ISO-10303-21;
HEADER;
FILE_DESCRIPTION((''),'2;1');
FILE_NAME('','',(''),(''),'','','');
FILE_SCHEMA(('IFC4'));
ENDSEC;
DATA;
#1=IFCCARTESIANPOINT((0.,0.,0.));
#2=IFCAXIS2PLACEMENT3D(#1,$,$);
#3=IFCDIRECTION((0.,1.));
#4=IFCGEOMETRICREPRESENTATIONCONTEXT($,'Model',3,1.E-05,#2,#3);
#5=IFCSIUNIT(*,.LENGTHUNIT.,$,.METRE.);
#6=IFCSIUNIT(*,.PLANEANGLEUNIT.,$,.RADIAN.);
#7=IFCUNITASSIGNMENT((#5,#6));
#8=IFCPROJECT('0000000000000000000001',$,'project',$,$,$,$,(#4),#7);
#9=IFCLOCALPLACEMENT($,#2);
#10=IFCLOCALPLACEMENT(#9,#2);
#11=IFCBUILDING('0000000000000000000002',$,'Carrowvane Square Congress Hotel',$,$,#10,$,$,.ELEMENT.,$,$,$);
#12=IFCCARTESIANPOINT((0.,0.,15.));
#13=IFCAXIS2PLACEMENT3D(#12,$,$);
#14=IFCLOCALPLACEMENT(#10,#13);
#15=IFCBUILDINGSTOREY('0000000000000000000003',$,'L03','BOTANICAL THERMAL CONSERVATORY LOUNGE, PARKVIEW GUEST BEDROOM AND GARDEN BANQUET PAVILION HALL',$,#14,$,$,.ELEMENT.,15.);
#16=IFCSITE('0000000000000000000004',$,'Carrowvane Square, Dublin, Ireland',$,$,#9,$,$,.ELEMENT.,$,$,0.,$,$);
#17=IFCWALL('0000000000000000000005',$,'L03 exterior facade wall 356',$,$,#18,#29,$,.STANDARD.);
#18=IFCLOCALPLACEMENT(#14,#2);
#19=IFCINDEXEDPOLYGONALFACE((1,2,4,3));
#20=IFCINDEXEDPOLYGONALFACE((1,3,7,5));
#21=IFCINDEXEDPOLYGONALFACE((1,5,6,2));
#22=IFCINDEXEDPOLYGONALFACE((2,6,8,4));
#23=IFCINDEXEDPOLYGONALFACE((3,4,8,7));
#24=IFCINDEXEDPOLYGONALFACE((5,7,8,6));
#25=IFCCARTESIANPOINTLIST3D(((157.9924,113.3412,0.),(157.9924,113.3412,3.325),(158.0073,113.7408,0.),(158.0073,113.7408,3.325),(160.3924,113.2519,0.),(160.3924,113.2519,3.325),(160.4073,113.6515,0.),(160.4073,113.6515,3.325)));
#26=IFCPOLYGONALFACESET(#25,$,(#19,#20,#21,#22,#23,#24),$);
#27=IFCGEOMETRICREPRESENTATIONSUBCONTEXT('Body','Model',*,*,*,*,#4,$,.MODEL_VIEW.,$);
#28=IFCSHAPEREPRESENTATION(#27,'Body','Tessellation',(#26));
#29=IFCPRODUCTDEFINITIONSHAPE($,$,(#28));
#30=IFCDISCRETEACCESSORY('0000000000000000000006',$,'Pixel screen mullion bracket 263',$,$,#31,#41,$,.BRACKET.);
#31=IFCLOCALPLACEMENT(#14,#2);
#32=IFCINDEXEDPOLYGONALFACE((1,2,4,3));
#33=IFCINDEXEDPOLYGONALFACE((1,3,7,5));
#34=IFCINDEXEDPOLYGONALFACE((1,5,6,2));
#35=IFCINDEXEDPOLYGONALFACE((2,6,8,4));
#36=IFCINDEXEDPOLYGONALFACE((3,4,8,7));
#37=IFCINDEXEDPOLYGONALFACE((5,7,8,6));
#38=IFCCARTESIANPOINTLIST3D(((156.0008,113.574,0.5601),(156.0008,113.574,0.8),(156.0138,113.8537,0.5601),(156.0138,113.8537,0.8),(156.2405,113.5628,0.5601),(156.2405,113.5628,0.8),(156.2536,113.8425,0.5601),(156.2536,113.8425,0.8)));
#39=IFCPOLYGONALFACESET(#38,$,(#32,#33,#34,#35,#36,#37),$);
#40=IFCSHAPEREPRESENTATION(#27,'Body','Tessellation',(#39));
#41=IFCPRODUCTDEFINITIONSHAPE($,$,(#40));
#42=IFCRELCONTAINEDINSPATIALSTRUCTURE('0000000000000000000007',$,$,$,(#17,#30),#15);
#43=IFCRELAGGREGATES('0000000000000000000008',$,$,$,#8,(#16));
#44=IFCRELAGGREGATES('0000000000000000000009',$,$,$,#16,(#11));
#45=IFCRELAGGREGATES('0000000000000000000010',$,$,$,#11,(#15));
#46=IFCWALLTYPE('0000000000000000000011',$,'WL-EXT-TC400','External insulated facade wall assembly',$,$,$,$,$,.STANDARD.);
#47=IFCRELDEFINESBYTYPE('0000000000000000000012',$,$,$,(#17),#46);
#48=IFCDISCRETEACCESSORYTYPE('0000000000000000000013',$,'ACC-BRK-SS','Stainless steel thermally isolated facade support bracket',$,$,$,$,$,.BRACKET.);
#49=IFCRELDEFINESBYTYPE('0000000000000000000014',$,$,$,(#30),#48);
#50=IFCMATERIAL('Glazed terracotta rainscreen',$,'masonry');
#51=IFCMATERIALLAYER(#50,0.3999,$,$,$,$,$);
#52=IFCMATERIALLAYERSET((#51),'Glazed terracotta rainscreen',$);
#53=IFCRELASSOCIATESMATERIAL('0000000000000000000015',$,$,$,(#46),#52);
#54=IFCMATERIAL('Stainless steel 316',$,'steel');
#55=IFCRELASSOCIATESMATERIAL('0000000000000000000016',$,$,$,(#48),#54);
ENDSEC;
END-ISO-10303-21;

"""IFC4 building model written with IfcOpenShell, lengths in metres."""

from ifc_helpers import new_model, si_unit, direction, frame, frame_2d, origin, origin_2d, place, context, subcontext, project, spatial, rectangle, extrude, material, layer, layer_set, type_object, element, save


model = new_model("IFC4")

# Units and contexts
model_context = context("Model", 3, precision=1e-05, world=origin(), true_north=direction((0.0, 1.0)))
body_context = subcontext(model_context, "Body", "Model", "MODEL_VIEW")
ifc_project = project(units=[si_unit("LENGTHUNIT", "METRE"), si_unit("PLANEANGLEUNIT", "RADIAN")], contexts=[model_context])

# Site, building, storey
site_placement = place(None, origin())
site = spatial("IfcSite", under=ifc_project, at=site_placement, Name="Carrowvane Square, Dublin, Ireland", CompositionType="ELEMENT", RefElevation=0.0)
building_placement = place(site_placement, origin())
building = spatial("IfcBuilding", under=site, at=building_placement, Name="Carrowvane Square Congress Hotel", CompositionType="ELEMENT")
storey_placement = place(building_placement, frame((0.0, 0.0, 15.0)))
storey = spatial("IfcBuildingStorey", under=building, at=storey_placement, Name="L03", Description="BOTANICAL THERMAL CONSERVATORY LOUNGE, PARKVIEW GUEST BEDROOM AND GARDEN BANQUET PAVILION HALL", CompositionType="ELEMENT", Elevation=15.0)

# Wall
ifc_material_1 = material(Name="Glazed terracotta rainscreen", Category="masonry")
ifc_layer_1 = layer(ifc_material_1, 0.3999)
ifc_layer_set_1 = layer_set([ifc_layer_1], Name="Glazed terracotta rainscreen")
wall_type = type_object("IfcWallType", Name="WL-EXT-TC400", Description="External insulated facade wall assembly", PredefinedType="STANDARD", material=ifc_layer_set_1)
wall_placement = place(storey_placement, frame((158.0, 113.541, 0.0), z_axis=(0.0, 0.0, 1.0), x_axis=(0.999308, -0.037207, 0.0)))
element("IfcWall", 1, at=wall_placement, inside=storey, type_object=wall_type, Name="L03 exterior facade wall 356", PredefinedType="STANDARD", context=body_context, shape_type="SweptSolid", body=[
    extrude(rectangle(XDim=2.4016, YDim=0.3999, at=frame_2d((1.2007, 0.0))), origin(), (0.0, 0.0, 1.0), 3.325),
])

# Discrete accessory
ifc_material_2 = material(Name="Stainless steel 316", Category="steel")
discrete_accessory_type = type_object("IfcDiscreteAccessoryType", Name="ACC-BRK-SS", Description="Stainless steel thermally isolated facade support bracket", PredefinedType="BRACKET", material=ifc_material_2)
discrete_accessory_placement = place(storey_placement, frame((156.1272, 113.7083, 0.5601), z_axis=(0.0, 0.0, 1.0), x_axis=(0.998917, -0.046521, 0.0)))
element("IfcDiscreteAccessory", 2, at=discrete_accessory_placement, inside=storey, type_object=discrete_accessory_type, Name="Pixel screen mullion bracket 263", PredefinedType="BRACKET", context=body_context, shape_type="SweptSolid", body=[
    extrude(rectangle(XDim=0.24, YDim=0.28, at=origin_2d()), origin(), (0.0, 0.0, 1.0), 0.24),
])

save(model, "model.ifc")
